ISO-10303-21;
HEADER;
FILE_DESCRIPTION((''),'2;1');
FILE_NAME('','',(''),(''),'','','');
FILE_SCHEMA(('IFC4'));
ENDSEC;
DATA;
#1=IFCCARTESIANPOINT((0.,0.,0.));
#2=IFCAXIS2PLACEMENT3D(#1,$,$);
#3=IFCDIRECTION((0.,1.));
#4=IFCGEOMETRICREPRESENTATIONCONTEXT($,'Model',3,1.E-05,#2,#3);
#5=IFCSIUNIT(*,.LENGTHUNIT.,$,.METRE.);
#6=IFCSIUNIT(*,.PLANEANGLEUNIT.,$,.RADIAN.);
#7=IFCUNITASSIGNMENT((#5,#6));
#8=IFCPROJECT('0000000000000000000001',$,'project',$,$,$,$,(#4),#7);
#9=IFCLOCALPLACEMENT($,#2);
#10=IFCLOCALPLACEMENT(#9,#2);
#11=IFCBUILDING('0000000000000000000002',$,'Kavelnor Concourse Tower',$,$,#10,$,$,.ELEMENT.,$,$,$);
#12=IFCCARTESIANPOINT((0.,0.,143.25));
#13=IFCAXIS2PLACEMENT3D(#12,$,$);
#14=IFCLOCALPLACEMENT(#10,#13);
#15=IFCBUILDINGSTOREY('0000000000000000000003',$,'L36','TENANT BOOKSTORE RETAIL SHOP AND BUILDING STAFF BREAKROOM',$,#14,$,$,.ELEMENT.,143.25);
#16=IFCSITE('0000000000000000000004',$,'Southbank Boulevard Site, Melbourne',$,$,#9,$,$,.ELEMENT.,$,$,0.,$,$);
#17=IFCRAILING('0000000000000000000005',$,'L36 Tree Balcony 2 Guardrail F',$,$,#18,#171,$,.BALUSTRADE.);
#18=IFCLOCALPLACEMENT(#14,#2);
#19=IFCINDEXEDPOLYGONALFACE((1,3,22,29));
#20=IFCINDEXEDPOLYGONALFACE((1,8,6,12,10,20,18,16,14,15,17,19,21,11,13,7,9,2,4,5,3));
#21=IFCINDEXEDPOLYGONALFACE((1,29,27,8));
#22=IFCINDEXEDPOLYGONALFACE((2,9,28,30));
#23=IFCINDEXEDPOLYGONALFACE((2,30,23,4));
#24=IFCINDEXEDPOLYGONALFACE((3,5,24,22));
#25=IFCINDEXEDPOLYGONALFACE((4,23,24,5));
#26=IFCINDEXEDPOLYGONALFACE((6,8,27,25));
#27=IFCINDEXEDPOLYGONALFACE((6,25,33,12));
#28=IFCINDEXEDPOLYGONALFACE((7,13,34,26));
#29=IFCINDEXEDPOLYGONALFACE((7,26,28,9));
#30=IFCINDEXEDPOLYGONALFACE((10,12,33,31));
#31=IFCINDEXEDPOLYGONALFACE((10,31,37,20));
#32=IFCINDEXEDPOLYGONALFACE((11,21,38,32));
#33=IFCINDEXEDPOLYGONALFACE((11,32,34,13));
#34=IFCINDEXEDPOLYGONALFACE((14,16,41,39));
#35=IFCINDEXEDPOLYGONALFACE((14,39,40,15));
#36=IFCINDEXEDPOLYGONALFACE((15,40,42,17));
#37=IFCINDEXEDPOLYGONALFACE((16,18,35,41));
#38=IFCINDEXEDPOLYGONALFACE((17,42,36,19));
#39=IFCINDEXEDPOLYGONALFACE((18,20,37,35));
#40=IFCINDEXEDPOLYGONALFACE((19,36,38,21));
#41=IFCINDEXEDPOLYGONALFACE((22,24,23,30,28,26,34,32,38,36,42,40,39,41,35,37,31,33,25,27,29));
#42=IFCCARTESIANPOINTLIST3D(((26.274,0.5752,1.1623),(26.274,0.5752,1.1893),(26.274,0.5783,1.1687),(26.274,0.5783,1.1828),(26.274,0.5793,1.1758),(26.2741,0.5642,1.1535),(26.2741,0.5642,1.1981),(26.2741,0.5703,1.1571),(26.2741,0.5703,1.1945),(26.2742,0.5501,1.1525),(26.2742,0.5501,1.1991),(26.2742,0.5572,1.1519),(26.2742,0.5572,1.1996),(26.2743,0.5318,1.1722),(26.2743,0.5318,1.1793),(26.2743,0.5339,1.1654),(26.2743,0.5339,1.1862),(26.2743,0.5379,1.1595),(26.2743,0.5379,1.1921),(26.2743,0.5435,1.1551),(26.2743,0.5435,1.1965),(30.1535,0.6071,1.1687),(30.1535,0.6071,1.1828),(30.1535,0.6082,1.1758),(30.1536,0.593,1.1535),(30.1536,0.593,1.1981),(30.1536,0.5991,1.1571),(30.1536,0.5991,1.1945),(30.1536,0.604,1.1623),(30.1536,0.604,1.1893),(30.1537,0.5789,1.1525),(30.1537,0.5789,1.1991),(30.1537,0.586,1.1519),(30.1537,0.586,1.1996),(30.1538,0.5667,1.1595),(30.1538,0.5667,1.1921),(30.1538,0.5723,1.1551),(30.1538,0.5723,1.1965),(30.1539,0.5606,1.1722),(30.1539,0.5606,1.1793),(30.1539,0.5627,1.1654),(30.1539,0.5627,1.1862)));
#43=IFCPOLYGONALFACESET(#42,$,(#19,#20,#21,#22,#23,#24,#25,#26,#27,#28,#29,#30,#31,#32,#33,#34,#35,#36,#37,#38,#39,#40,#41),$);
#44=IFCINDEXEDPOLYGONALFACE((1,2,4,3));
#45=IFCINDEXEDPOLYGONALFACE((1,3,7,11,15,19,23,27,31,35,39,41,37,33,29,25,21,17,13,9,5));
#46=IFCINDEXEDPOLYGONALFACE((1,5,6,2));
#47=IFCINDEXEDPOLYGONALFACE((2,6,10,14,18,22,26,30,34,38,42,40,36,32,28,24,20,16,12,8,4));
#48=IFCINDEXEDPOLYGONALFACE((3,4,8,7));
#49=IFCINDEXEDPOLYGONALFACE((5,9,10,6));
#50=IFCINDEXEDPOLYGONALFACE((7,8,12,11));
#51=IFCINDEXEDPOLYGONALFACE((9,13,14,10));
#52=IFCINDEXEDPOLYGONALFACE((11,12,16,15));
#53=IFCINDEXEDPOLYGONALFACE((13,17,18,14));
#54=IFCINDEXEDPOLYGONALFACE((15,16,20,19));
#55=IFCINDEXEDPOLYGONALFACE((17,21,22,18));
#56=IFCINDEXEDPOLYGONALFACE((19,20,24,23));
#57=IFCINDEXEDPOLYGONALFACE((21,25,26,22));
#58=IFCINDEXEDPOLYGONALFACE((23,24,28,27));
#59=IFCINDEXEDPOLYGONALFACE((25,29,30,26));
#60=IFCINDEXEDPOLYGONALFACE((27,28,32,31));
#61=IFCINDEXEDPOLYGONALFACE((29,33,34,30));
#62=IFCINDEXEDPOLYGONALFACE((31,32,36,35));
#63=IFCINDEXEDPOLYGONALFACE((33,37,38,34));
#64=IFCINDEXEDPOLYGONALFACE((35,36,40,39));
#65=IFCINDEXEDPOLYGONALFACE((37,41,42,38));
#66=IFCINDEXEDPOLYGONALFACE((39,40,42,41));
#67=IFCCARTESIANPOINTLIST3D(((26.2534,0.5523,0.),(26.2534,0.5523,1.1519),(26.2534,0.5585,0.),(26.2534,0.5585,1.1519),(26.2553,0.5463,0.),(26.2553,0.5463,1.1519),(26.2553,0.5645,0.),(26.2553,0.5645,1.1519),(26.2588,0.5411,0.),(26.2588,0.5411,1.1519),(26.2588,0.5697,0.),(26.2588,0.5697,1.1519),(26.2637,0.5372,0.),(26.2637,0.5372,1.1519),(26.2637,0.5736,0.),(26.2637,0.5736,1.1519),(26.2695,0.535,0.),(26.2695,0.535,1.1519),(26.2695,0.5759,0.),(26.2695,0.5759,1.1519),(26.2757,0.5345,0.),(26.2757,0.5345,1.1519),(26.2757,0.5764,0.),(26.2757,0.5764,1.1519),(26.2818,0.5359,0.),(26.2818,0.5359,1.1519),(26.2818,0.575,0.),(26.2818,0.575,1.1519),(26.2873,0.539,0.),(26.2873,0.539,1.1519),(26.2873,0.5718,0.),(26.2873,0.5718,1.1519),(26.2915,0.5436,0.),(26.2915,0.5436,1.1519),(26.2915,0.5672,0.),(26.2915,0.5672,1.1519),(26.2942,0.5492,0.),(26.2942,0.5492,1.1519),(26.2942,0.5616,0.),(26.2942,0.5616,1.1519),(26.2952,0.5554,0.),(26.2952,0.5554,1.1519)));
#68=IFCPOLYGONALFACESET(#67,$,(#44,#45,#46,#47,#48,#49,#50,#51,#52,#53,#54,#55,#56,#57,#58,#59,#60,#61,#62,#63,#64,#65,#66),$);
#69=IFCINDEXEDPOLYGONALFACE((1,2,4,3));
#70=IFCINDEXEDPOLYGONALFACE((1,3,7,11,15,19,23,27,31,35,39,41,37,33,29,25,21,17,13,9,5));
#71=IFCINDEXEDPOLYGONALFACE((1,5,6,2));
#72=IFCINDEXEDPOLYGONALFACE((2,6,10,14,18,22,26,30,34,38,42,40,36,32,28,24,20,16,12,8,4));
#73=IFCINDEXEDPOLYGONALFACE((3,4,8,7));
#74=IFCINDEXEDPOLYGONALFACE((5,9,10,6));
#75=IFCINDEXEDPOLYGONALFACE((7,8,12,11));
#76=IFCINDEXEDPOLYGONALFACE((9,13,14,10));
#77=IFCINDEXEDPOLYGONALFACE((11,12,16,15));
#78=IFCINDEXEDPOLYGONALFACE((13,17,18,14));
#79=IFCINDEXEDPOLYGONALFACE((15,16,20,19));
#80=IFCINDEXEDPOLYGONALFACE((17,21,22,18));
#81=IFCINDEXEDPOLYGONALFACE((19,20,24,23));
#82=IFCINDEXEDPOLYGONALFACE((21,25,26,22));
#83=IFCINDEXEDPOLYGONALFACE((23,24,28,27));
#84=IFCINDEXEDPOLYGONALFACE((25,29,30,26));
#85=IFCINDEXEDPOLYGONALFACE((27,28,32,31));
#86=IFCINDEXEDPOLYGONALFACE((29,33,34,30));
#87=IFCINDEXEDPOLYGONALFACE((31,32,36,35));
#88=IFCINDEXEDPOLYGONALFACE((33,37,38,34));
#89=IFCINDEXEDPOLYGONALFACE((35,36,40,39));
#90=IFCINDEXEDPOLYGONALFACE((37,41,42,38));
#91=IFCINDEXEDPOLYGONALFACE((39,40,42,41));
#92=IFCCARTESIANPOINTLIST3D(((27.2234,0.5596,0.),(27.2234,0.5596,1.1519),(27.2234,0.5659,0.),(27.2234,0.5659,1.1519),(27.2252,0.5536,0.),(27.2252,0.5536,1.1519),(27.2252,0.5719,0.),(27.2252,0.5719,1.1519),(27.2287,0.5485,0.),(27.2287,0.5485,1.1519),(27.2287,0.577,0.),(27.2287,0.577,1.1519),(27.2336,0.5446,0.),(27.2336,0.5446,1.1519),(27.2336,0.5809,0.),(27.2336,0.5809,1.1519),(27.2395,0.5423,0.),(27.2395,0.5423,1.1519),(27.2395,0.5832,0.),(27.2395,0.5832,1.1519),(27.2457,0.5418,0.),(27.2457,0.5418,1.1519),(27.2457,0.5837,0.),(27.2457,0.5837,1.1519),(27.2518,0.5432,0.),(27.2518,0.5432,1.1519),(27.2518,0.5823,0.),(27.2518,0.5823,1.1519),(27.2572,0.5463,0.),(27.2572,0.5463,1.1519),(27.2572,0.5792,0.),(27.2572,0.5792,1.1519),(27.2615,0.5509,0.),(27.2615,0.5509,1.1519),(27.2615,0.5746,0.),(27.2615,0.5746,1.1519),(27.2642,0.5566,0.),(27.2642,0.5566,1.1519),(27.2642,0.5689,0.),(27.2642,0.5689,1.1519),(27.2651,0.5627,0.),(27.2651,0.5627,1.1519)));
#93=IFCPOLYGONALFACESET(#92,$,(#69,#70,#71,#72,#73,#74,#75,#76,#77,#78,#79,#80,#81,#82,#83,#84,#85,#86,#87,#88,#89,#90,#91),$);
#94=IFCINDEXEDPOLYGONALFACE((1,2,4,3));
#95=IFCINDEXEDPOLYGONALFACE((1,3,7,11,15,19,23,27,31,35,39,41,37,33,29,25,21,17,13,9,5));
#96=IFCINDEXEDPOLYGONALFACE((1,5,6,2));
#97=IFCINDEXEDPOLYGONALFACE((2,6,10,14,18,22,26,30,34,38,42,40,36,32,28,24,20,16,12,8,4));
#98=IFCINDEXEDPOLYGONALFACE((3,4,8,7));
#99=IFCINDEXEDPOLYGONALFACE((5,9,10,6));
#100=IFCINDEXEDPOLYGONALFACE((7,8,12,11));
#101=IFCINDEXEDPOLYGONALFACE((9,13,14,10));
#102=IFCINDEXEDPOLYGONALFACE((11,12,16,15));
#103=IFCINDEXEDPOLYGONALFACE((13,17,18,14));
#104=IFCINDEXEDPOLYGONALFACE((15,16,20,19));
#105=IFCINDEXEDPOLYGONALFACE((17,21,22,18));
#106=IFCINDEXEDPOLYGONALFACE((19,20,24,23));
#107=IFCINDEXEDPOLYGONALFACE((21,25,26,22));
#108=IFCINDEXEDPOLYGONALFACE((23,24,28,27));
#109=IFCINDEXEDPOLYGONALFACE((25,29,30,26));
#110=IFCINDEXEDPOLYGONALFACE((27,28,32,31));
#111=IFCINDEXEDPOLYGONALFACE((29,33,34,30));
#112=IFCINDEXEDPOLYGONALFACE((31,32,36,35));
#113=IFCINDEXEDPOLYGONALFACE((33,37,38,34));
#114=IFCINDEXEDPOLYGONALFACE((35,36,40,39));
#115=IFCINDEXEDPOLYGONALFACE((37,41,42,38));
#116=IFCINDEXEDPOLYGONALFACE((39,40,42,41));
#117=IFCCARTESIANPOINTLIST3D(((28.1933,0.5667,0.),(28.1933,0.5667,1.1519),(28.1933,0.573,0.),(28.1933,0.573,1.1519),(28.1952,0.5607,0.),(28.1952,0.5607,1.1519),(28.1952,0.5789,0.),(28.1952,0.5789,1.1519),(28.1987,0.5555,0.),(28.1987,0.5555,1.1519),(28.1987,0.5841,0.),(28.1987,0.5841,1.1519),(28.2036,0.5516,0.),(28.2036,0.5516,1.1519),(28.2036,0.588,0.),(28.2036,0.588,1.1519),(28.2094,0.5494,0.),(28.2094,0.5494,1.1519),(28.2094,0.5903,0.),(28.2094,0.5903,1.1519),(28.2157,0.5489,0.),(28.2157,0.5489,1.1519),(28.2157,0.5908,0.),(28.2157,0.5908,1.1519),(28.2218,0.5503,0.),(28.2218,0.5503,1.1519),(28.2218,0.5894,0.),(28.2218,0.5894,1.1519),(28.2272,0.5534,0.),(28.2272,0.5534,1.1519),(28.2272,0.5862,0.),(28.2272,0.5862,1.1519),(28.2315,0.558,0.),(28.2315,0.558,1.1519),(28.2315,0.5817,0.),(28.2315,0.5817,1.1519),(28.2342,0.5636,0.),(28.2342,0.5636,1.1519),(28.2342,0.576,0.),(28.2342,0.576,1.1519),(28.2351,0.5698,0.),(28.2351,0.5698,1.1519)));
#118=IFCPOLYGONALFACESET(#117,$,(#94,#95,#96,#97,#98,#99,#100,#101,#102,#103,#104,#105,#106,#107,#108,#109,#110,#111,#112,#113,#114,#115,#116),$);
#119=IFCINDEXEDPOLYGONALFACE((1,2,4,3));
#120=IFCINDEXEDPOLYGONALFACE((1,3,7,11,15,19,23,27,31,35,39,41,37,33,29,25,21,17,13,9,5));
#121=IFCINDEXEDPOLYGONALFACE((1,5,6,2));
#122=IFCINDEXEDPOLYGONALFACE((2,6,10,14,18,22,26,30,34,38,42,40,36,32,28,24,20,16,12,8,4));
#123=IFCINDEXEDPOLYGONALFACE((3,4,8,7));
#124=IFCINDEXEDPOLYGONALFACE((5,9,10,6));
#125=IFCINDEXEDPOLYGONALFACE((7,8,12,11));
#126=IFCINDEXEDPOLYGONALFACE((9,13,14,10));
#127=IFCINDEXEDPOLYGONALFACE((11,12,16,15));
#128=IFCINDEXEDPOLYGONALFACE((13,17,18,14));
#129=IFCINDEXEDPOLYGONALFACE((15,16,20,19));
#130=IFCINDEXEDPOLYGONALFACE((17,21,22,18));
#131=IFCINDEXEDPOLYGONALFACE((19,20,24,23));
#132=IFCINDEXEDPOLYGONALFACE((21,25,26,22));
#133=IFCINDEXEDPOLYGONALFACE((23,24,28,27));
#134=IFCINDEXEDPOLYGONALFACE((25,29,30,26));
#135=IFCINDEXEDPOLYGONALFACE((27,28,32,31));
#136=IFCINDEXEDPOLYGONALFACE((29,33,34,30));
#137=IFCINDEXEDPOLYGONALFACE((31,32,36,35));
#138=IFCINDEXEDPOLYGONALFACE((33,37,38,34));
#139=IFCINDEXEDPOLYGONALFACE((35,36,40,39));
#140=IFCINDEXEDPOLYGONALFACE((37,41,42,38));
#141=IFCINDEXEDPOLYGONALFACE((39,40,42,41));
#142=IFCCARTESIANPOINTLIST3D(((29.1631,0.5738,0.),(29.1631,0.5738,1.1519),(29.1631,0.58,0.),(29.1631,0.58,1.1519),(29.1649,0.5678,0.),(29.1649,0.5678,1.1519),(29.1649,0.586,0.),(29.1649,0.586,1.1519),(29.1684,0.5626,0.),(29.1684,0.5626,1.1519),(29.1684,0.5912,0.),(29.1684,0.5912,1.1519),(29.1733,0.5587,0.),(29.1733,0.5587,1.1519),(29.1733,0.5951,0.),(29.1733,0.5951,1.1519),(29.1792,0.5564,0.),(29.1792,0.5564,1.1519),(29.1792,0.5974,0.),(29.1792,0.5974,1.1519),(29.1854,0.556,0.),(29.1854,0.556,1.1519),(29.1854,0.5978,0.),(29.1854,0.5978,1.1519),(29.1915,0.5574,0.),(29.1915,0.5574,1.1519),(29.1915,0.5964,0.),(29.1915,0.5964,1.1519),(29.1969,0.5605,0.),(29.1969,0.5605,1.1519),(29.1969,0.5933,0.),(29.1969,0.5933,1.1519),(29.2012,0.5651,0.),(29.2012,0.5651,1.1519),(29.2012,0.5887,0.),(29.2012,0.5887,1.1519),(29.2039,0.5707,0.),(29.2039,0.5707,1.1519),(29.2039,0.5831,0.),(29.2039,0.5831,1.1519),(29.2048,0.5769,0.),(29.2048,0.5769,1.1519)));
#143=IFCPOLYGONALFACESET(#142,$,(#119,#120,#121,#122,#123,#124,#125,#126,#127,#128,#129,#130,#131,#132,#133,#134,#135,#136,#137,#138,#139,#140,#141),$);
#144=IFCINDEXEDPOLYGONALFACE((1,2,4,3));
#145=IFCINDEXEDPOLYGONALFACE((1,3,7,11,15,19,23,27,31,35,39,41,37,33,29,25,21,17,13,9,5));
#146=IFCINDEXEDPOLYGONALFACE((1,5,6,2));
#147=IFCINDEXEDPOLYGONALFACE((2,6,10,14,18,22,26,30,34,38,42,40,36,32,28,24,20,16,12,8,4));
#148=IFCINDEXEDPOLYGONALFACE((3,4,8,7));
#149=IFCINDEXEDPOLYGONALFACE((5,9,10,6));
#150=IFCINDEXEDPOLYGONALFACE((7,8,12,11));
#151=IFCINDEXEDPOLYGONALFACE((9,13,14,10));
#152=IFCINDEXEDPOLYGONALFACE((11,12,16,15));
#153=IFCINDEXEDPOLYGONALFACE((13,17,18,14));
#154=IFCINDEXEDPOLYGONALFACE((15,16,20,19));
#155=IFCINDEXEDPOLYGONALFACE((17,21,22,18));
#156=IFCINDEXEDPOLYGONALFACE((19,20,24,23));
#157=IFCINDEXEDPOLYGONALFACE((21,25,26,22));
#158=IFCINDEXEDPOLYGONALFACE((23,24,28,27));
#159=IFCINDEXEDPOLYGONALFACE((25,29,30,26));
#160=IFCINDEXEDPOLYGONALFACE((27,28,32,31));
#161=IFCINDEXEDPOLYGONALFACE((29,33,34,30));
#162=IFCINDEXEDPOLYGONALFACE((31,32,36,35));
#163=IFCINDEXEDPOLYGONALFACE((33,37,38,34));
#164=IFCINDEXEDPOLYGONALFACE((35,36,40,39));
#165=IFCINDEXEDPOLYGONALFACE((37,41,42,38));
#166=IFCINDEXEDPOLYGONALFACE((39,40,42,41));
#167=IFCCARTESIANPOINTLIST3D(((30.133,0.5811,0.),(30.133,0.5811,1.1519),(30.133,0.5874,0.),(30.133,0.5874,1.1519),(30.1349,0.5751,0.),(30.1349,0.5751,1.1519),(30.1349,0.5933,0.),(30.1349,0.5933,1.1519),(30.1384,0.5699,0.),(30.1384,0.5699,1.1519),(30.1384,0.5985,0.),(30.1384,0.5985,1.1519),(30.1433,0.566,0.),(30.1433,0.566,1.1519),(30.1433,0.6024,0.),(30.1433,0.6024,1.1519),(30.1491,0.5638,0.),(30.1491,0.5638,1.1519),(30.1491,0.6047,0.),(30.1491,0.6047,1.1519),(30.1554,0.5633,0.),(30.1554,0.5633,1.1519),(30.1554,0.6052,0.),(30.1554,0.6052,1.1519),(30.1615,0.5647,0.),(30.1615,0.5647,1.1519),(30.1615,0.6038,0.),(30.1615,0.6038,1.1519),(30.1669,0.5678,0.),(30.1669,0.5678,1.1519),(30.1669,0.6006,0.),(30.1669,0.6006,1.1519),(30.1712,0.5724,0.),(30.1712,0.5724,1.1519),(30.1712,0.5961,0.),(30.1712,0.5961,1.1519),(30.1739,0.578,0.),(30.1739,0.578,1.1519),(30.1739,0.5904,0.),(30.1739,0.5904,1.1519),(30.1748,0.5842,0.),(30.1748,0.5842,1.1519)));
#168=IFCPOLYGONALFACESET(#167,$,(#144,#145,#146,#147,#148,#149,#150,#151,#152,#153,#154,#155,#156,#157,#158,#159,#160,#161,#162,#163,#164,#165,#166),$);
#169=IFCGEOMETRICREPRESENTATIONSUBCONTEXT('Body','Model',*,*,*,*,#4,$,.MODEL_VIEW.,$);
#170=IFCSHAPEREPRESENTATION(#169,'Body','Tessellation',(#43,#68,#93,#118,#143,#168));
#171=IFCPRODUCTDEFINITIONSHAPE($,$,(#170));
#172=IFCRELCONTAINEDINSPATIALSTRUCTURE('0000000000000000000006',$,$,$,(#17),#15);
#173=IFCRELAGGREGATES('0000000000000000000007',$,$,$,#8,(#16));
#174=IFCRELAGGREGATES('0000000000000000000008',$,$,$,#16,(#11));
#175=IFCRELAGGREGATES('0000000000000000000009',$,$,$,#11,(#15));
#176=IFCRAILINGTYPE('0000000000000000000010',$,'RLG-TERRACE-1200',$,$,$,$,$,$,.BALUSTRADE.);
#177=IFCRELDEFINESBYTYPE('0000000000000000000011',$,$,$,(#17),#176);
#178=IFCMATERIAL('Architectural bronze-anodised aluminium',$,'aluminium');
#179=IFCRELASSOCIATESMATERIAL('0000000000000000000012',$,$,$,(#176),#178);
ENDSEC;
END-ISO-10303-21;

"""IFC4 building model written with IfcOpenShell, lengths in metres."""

from ifc_helpers import new_model, si_unit, direction, frame, origin, origin_2d, place, context, subcontext, project, spatial, circle, extrude, material, type_object, element, save


model = new_model("IFC4")

# Units and contexts
model_context = context("Model", 3, precision=1e-05, world=origin(), true_north=direction((0.0, 1.0)))
body_context = subcontext(model_context, "Body", "Model", "MODEL_VIEW")
ifc_project = project(units=[si_unit("LENGTHUNIT", "METRE"), si_unit("PLANEANGLEUNIT", "RADIAN")], contexts=[model_context])

# Site, building, storey
site_placement = place(None, origin())
site = spatial("IfcSite", under=ifc_project, at=site_placement, Name="Southbank Boulevard Site, Melbourne", CompositionType="ELEMENT", RefElevation=0.0)
building_placement = place(site_placement, origin())
building = spatial("IfcBuilding", under=site, at=building_placement, Name="Kavelnor Concourse Tower", CompositionType="ELEMENT")
storey_placement = place(building_placement, frame((0.0, 0.0, 143.25)))
storey = spatial("IfcBuildingStorey", under=building, at=storey_placement, Name="L36", Description="TENANT BOOKSTORE RETAIL SHOP AND BUILDING STAFF BREAKROOM", CompositionType="ELEMENT", Elevation=143.25)

# Railing
ifc_material_1 = material(Name="Architectural bronze-anodised aluminium", Category="aluminium")
railing_type = type_object("IfcRailingType", Name="RLG-TERRACE-1200", PredefinedType="BALUSTRADE", material=ifc_material_1)
railing_1_placement = place(storey_placement, frame((26.2742, 0.5554, 0.0)))
element("IfcRailing", 1, at=railing_1_placement, inside=storey, type_object=railing_type, Name="L36 Tree Balcony 2 Guardrail F", PredefinedType="BALUSTRADE", context=body_context, shape_type="SweptSolid", body=[
    extrude(circle(Radius=0.0239, at=origin_2d()), frame((0.0, 0.0, 1.1758), z_axis=(0.999972, 0.007425, 0.0), x_axis=(-0.007425, 0.999972, 0.0)), (0.0, 0.0, 1.0), 3.8796),
    extrude(circle(Radius=0.021, at=origin_2d()), origin(), (0.0, 0.0, 1.0), 1.1519),
    extrude(circle(Radius=0.021, at=origin_2d()), frame((0.97, 0.0073, 0.0)), (0.0, 0.0, 1.0), 1.1519),
    extrude(circle(Radius=0.021, at=origin_2d()), frame((1.9399, 0.0144, 0.0)), (0.0, 0.0, 1.0), 1.1519),
    extrude(circle(Radius=0.021, at=origin_2d()), frame((2.9097, 0.0215, 0.0)), (0.0, 0.0, 1.0), 1.1519),
    extrude(circle(Radius=0.021, at=origin_2d()), frame((3.8796, 0.0288, 0.0)), (0.0, 0.0, 1.0), 1.1519),
])

save(model, "model.ifc")
